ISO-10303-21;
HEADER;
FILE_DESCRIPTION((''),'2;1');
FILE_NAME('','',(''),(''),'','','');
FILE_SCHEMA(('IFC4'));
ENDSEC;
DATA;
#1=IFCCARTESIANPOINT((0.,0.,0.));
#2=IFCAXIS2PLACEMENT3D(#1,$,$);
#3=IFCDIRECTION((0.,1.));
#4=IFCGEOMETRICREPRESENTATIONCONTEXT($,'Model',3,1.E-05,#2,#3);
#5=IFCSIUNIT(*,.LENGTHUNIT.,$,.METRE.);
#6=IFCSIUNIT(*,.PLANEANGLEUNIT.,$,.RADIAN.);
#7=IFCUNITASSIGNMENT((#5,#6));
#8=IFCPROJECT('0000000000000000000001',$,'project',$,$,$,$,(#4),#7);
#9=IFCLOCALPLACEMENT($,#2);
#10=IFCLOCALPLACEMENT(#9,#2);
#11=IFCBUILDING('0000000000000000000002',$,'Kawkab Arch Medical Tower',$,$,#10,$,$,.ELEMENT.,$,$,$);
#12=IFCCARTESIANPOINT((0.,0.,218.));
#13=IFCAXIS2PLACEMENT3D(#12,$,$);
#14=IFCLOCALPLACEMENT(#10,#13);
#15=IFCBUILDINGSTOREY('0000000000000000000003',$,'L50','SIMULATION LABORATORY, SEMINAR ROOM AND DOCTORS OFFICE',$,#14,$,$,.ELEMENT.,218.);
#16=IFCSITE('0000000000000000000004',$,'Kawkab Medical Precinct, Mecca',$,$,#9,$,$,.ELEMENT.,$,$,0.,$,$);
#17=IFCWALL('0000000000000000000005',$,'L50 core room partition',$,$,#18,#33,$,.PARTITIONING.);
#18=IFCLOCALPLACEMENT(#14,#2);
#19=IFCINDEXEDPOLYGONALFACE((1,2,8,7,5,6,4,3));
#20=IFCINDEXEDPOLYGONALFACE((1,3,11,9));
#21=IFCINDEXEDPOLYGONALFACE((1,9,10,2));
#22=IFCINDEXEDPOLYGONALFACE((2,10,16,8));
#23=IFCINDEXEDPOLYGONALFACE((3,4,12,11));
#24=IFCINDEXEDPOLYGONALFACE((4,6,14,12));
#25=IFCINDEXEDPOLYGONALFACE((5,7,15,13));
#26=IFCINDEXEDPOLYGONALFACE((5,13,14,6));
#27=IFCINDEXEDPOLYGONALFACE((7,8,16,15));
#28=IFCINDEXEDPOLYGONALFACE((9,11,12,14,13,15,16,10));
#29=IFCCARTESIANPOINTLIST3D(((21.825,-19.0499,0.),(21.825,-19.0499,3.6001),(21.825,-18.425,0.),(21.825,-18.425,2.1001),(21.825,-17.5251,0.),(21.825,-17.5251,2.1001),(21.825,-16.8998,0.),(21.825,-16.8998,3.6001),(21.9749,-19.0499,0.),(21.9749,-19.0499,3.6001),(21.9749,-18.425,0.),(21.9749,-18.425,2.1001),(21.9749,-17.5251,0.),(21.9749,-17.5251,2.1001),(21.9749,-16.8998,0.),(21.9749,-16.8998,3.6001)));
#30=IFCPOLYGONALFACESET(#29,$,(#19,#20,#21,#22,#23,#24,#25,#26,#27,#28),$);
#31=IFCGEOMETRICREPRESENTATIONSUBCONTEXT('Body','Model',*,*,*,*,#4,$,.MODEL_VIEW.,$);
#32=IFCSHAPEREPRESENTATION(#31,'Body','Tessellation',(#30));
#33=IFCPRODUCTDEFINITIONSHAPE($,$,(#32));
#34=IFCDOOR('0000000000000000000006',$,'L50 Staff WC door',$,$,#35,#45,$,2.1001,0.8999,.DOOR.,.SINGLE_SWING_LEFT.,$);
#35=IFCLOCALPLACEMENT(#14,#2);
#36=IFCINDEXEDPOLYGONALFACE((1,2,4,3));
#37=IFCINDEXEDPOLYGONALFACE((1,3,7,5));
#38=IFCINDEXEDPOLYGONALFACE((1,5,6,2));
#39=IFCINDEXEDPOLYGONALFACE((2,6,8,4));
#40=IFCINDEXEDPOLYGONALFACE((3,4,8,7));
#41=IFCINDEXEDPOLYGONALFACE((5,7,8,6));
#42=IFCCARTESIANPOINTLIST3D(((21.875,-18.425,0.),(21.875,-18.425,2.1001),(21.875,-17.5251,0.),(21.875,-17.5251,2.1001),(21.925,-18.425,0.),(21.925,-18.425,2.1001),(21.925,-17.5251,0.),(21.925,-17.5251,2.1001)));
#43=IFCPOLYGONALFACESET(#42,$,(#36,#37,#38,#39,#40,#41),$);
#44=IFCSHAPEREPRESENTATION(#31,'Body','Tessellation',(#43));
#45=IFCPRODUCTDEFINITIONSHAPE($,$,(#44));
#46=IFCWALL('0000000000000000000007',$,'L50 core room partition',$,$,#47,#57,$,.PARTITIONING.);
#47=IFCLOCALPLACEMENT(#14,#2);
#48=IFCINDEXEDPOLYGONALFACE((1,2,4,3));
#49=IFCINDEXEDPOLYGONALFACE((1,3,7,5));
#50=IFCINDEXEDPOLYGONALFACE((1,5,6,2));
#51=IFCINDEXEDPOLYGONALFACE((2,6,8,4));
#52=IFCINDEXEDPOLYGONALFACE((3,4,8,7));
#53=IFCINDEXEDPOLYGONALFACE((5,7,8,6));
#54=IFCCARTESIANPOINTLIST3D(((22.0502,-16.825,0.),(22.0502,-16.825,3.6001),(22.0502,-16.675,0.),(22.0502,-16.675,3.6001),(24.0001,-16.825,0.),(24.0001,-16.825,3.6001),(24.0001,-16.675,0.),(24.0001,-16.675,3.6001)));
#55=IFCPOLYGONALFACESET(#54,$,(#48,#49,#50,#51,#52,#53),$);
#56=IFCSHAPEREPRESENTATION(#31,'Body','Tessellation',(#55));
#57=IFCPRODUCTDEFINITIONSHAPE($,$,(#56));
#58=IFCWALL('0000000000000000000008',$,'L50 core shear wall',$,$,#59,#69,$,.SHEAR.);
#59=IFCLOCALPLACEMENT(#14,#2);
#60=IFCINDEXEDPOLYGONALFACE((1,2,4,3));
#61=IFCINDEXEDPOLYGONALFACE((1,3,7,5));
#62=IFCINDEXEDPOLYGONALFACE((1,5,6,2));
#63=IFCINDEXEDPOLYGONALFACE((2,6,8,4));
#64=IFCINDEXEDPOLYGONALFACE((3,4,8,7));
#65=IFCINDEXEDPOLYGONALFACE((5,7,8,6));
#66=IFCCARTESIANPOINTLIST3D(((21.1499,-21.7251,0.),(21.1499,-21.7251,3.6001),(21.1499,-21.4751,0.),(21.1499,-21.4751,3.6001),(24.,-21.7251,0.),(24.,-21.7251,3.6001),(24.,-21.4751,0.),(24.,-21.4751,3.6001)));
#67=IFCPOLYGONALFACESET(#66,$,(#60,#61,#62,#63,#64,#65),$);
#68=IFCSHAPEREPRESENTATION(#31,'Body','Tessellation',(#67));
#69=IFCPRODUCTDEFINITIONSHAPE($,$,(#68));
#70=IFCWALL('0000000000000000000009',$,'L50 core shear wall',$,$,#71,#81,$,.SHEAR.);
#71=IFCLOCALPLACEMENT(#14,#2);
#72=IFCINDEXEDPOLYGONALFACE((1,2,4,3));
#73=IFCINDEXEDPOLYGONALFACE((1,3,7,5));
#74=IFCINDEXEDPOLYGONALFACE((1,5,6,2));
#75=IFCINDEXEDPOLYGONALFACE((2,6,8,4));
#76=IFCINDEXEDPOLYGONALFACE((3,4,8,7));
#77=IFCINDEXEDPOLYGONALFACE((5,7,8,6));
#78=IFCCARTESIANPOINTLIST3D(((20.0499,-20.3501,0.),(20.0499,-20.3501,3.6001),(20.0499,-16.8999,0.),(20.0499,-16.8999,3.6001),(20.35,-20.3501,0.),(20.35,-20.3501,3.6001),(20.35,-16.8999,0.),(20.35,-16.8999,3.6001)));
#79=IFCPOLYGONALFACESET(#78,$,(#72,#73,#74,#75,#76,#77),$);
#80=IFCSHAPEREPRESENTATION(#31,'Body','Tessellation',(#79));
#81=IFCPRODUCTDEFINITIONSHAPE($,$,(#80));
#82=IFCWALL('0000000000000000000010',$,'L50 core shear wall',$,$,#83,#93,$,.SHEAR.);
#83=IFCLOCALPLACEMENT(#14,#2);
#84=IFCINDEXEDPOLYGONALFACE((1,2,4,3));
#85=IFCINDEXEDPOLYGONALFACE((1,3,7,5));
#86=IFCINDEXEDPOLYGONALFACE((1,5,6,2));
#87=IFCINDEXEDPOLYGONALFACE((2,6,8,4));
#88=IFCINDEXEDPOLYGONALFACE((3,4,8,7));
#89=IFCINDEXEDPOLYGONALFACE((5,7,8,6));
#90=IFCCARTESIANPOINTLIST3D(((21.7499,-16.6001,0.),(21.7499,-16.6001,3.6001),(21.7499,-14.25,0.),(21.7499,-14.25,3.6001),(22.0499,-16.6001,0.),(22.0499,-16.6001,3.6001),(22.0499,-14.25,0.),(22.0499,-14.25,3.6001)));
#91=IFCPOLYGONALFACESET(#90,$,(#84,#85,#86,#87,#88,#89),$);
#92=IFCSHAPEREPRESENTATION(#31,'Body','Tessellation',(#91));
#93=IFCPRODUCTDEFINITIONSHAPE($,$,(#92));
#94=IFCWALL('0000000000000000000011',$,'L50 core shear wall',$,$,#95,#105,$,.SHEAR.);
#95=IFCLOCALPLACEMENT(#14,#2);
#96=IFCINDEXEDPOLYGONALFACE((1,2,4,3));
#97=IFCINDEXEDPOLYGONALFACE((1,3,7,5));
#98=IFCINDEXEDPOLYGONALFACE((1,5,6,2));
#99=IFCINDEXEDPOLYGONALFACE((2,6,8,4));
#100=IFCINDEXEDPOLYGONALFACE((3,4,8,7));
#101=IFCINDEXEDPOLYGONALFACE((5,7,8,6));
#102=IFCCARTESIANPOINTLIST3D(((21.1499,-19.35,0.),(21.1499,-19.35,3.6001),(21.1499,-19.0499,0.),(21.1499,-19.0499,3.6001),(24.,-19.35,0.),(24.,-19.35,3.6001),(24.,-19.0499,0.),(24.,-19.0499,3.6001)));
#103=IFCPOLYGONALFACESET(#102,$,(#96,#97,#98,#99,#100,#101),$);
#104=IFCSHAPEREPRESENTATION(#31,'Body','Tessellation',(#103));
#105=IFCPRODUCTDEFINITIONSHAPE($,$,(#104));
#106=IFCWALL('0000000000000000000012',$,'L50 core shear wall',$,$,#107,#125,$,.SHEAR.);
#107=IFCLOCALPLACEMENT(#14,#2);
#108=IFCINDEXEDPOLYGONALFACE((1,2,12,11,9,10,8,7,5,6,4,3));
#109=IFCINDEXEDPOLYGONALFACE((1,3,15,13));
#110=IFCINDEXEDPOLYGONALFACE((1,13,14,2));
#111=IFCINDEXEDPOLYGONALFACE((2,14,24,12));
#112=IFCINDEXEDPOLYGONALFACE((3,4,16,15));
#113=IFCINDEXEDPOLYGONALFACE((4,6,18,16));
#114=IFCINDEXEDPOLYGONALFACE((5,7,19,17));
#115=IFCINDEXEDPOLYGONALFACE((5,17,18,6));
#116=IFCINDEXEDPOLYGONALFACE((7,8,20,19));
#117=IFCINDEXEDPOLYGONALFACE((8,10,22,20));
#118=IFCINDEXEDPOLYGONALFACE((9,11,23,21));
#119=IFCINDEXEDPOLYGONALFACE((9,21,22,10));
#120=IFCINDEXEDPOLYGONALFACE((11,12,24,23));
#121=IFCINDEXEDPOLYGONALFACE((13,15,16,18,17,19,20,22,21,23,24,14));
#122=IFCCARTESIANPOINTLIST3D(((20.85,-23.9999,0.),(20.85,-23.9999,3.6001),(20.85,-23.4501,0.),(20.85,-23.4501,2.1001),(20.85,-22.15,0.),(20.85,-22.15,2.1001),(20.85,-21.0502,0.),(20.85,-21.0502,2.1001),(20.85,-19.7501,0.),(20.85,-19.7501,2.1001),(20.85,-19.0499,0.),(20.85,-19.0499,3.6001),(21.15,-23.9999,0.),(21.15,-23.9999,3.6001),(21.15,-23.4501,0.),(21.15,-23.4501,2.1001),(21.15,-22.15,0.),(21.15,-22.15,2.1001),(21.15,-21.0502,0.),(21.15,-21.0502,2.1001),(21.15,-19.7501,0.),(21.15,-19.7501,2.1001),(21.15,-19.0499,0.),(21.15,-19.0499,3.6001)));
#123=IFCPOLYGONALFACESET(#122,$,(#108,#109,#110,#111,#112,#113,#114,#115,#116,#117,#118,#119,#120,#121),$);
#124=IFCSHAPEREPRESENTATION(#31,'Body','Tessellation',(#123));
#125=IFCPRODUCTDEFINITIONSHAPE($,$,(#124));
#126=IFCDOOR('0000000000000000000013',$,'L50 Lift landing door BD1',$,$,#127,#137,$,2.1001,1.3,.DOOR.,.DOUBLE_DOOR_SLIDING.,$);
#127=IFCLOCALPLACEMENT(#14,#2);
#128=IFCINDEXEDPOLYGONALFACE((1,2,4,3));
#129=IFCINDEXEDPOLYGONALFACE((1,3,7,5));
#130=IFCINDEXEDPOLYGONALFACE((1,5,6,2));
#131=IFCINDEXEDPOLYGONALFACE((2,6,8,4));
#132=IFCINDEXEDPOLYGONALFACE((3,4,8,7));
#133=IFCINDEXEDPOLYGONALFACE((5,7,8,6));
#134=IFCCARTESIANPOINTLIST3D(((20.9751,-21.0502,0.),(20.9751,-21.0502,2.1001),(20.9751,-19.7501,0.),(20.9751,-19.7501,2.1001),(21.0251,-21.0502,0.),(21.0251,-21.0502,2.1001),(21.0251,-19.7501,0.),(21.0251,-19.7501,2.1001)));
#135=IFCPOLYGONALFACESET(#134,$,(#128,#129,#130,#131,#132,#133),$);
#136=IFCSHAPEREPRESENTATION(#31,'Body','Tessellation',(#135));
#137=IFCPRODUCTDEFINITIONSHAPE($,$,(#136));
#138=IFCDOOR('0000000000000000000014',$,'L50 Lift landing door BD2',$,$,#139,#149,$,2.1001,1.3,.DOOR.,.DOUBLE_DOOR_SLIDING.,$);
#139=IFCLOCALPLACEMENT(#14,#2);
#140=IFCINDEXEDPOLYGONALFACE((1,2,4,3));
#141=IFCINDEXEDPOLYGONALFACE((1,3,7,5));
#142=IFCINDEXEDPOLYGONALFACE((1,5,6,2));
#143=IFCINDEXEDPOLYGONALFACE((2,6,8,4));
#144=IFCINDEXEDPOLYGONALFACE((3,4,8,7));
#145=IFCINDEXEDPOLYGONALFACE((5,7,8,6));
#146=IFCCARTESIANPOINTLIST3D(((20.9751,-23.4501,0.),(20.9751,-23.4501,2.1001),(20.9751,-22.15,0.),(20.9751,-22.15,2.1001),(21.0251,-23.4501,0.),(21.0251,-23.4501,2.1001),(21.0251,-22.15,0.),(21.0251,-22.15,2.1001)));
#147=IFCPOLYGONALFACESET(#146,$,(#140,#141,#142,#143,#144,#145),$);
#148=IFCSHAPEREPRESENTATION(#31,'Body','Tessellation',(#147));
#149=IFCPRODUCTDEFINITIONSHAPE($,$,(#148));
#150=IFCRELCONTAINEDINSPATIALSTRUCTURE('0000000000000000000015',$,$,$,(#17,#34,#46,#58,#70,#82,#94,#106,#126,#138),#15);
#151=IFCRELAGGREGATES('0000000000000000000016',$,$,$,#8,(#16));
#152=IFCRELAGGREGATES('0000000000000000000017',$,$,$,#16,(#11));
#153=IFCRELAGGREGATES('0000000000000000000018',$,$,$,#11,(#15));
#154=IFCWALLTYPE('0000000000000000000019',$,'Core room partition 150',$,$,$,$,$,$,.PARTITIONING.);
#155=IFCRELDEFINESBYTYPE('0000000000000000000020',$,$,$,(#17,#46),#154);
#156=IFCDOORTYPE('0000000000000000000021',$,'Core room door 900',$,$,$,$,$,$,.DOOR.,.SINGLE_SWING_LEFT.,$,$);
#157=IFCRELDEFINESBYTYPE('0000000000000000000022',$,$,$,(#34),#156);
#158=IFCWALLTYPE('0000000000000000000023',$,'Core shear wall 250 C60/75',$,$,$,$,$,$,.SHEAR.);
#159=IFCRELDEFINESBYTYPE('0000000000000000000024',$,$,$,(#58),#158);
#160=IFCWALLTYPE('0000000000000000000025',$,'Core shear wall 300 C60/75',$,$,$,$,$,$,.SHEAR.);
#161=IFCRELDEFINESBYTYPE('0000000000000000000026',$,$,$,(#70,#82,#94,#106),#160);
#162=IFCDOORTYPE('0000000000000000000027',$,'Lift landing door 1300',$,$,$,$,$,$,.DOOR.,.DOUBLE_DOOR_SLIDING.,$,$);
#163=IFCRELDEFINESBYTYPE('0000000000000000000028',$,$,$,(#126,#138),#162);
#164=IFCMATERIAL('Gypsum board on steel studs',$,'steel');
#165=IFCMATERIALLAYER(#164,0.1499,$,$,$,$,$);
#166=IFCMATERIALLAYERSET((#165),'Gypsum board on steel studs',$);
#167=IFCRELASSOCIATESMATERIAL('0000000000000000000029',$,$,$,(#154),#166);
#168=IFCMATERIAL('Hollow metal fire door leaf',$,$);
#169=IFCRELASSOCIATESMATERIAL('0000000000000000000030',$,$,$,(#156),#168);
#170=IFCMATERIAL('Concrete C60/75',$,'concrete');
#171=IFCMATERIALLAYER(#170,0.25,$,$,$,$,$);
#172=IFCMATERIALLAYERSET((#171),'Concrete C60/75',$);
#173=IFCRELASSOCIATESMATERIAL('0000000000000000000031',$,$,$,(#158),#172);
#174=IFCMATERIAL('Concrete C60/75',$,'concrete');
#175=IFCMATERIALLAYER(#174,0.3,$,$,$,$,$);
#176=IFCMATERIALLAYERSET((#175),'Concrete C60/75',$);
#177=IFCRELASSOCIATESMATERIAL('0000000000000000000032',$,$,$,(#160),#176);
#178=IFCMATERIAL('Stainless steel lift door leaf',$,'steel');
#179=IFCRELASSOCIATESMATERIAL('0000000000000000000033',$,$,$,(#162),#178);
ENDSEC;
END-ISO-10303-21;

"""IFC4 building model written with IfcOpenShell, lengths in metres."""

from ifc_helpers import new_model, si_unit, direction, frame, frame_2d, origin, place, context, subcontext, project, spatial, rectangle, extrude, material, layer, layer_set, type_object, element, fill, save


model = new_model("IFC4")

# Units and contexts
model_context = context("Model", 3, precision=1e-05, world=origin(), true_north=direction((0.0, 1.0)))
body_context = subcontext(model_context, "Body", "Model", "MODEL_VIEW")
ifc_project = project(units=[si_unit("LENGTHUNIT", "METRE"), si_unit("PLANEANGLEUNIT", "RADIAN")], contexts=[model_context])

# Site, building, storey
site_placement = place(None, origin())
site = spatial("IfcSite", under=ifc_project, at=site_placement, Name="Kawkab Medical Precinct, Mecca", CompositionType="ELEMENT", RefElevation=0.0)
building_placement = place(site_placement, origin())
building = spatial("IfcBuilding", under=site, at=building_placement, Name="Kawkab Arch Medical Tower", CompositionType="ELEMENT")
storey_placement = place(building_placement, frame((0.0, 0.0, 218.0)))
storey = spatial("IfcBuildingStorey", under=building, at=storey_placement, Name="L50", Description="SIMULATION LABORATORY, SEMINAR ROOM AND DOCTORS OFFICE", CompositionType="ELEMENT", Elevation=218.0)

# Wall, opening, door
ifc_material_1 = material(Name="Gypsum board on steel studs", Category="steel")
ifc_layer_1 = layer(ifc_material_1, 0.1499)
ifc_layer_set_1 = layer_set([ifc_layer_1], Name="Gypsum board on steel studs")
wall_type_1 = type_object("IfcWallType", Name="Core room partition 150", PredefinedType="PARTITIONING", material=ifc_layer_set_1)
wall_1_placement = place(storey_placement, frame((21.8999, -19.05, 0.0), z_axis=(0.0, 0.0, 1.0), x_axis=(0.0, 1.0, 0.0)))
wall_1 = element("IfcWall", 1, at=wall_1_placement, inside=storey, type_object=wall_type_1, Name="L50 core room partition", PredefinedType="PARTITIONING", context=body_context, shape_type="SweptSolid", body=[
    extrude(rectangle(XDim=2.1501, YDim=0.1499, at=frame_2d((1.0752, 0.0))), origin(), (0.0, 0.0, 1.0), 3.6001),
])
opening_1_placement = place(wall_1_placement, frame((0.625, 0.0, 0.0)))
opening_1 = element("IfcOpeningElement", 2, at=opening_1_placement, cuts=wall_1, PredefinedType="OPENING", context=body_context, shape_type="SweptSolid", body=[
    extrude(rectangle(XDim=0.8999, YDim=2.1001, at=frame_2d((0.45, 1.05))), frame((0.0, 0.085, 0.0), z_axis=(0.0, -1.0, 0.0), x_axis=(1.0, 0.0, 0.0)), (0.0, 0.0, 1.0), 0.1699),
])
ifc_material_2 = material(Name="Hollow metal fire door leaf")
door_type_1 = type_object("IfcDoorType", Name="Core room door 900", OperationType="SINGLE_SWING_LEFT", PredefinedType="DOOR", material=ifc_material_2)
door_1_placement = place(opening_1_placement, origin())
door_1 = element("IfcDoor", 3, at=door_1_placement, inside=storey, type_object=door_type_1, Name="L50 Staff WC door", OperationType="SINGLE_SWING_LEFT", OverallHeight=2.1001, OverallWidth=0.8999, PredefinedType="DOOR", context=body_context, shape_type="SweptSolid", body=[
    extrude(rectangle(XDim=0.8999, YDim=2.1001, at=frame_2d((0.45, 1.05))), frame((0.0, 0.0249, 0.0), z_axis=(0.0, -1.0, 0.0), x_axis=(1.0, 0.0, 0.0)), (0.0, 0.0, 1.0), 0.05),
])
fill(opening_1, door_1)

# Walls
wall_2_placement = place(storey_placement, frame((22.05, -16.75, 0.0), z_axis=(0.0, 0.0, 1.0), x_axis=(1.0, 0.0, 0.0)))
element("IfcWall", 4, at=wall_2_placement, inside=storey, type_object=wall_type_1, Name="L50 core room partition", PredefinedType="PARTITIONING", context=body_context, shape_type="SweptSolid", body=[
    extrude(rectangle(XDim=1.95, YDim=0.1499, at=frame_2d((0.9751, 0.0))), origin(), (0.0, 0.0, 1.0), 3.6001),
])
ifc_material_3 = material(Name="Concrete C60/75", Category="concrete")
ifc_layer_2 = layer(ifc_material_3, 0.25)
ifc_layer_set_2 = layer_set([ifc_layer_2], Name="Concrete C60/75")
wall_type_2 = type_object("IfcWallType", Name="Core shear wall 250 C60/75", PredefinedType="SHEAR", material=ifc_layer_set_2)
wall_3_placement = place(storey_placement, frame((21.1499, -21.6001, 0.0), z_axis=(0.0, 0.0, 1.0), x_axis=(1.0, 0.0, 0.0)))
element("IfcWall", 5, at=wall_3_placement, inside=storey, type_object=wall_type_2, Name="L50 core shear wall", PredefinedType="SHEAR", context=body_context, shape_type="SweptSolid", body=[
    extrude(rectangle(XDim=2.8501, YDim=0.25, at=frame_2d((1.425, 0.0))), origin(), (0.0, 0.0, 1.0), 3.6001),
])
ifc_material_4 = material(Name="Concrete C60/75", Category="concrete")
ifc_layer_3 = layer(ifc_material_4, 0.3)
ifc_layer_set_3 = layer_set([ifc_layer_3], Name="Concrete C60/75")
wall_type_3 = type_object("IfcWallType", Name="Core shear wall 300 C60/75", PredefinedType="SHEAR", material=ifc_layer_set_3)
wall_4_placement = place(storey_placement, frame((20.2, -20.3501, 0.0), z_axis=(0.0, 0.0, 1.0), x_axis=(0.0, 1.0, 0.0)))
element("IfcWall", 6, at=wall_4_placement, inside=storey, type_object=wall_type_3, Name="L50 core shear wall", PredefinedType="SHEAR", context=body_context, shape_type="SweptSolid", body=[
    extrude(rectangle(XDim=3.4502, YDim=0.3, at=frame_2d((1.7251, 0.0))), origin(), (0.0, 0.0, 1.0), 3.6001),
])
wall_5_placement = place(storey_placement, frame((21.8999, -16.6001, 0.0), z_axis=(0.0, 0.0, 1.0), x_axis=(0.0, 1.0, 0.0)))
element("IfcWall", 7, at=wall_5_placement, inside=storey, type_object=wall_type_3, Name="L50 core shear wall", PredefinedType="SHEAR", context=body_context, shape_type="SweptSolid", body=[
    extrude(rectangle(XDim=2.3501, YDim=0.3, at=frame_2d((1.175, 0.0))), origin(), (0.0, 0.0, 1.0), 3.6001),
])
wall_6_placement = place(storey_placement, frame((21.1499, -19.2, 0.0), z_axis=(0.0, 0.0, 1.0), x_axis=(1.0, 0.0, 0.0)))
element("IfcWall", 8, at=wall_6_placement, inside=storey, type_object=wall_type_3, Name="L50 core shear wall", PredefinedType="SHEAR", context=body_context, shape_type="SweptSolid", body=[
    extrude(rectangle(XDim=2.8501, YDim=0.3, at=frame_2d((1.425, 0.0))), origin(), (0.0, 0.0, 1.0), 3.6001),
])

# Wall, openings, doors
wall_7_placement = place(storey_placement, frame((21.0, -24.0, 0.0), z_axis=(0.0, 0.0, 1.0), x_axis=(0.0, 1.0, 0.0)))
wall_7 = element("IfcWall", 9, at=wall_7_placement, inside=storey, type_object=wall_type_3, Name="L50 core shear wall", PredefinedType="SHEAR", context=body_context, shape_type="SweptSolid", body=[
    extrude(rectangle(XDim=4.95, YDim=0.3, at=frame_2d((2.4751, 0.0))), origin(), (0.0, 0.0, 1.0), 3.6001),
])
opening_2_placement = place(wall_7_placement, frame((2.95, 0.0, 0.0)))
opening_2 = element("IfcOpeningElement", 10, at=opening_2_placement, cuts=wall_7, PredefinedType="OPENING", context=body_context, shape_type="SweptSolid", body=[
    extrude(rectangle(XDim=1.3, YDim=2.1001, at=frame_2d((0.6499, 1.05))), frame((0.0, 0.1599, 0.0), z_axis=(0.0, -1.0, 0.0), x_axis=(1.0, 0.0, 0.0)), (0.0, 0.0, 1.0), 0.3201),
])
opening_3_placement = place(wall_7_placement, frame((0.55, 0.0, 0.0)))
opening_3 = element("IfcOpeningElement", 11, at=opening_3_placement, cuts=wall_7, PredefinedType="OPENING", context=body_context, shape_type="SweptSolid", body=[
    extrude(rectangle(XDim=1.3, YDim=2.1001, at=frame_2d((0.6499, 1.05))), frame((0.0, 0.1599, 0.0), z_axis=(0.0, -1.0, 0.0), x_axis=(1.0, 0.0, 0.0)), (0.0, 0.0, 1.0), 0.3201),
])
ifc_material_5 = material(Name="Stainless steel lift door leaf", Category="steel")
door_type_2 = type_object("IfcDoorType", Name="Lift landing door 1300", OperationType="DOUBLE_DOOR_SLIDING", PredefinedType="DOOR", material=ifc_material_5)
door_2_placement = place(opening_2_placement, origin())
door_2 = element("IfcDoor", 12, at=door_2_placement, inside=storey, type_object=door_type_2, Name="L50 Lift landing door BD1", OperationType="DOUBLE_DOOR_SLIDING", OverallHeight=2.1001, OverallWidth=1.3, PredefinedType="DOOR", context=body_context, shape_type="SweptSolid", body=[
    extrude(rectangle(XDim=1.3, YDim=2.1001, at=frame_2d((0.6499, 1.05))), frame((0.0, 0.0249, 0.0), z_axis=(0.0, -1.0, 0.0), x_axis=(1.0, 0.0, 0.0)), (0.0, 0.0, 1.0), 0.05),
])
fill(opening_2, door_2)
door_3_placement = place(opening_3_placement, origin())
door_3 = element("IfcDoor", 13, at=door_3_placement, inside=storey, type_object=door_type_2, Name="L50 Lift landing door BD2", OperationType="DOUBLE_DOOR_SLIDING", OverallHeight=2.1001, OverallWidth=1.3, PredefinedType="DOOR", context=body_context, shape_type="SweptSolid", body=[
    extrude(rectangle(XDim=1.3, YDim=2.1001, at=frame_2d((0.6499, 1.05))), frame((0.0, 0.0249, 0.0), z_axis=(0.0, -1.0, 0.0), x_axis=(1.0, 0.0, 0.0)), (0.0, 0.0, 1.0), 0.05),
])
fill(opening_3, door_3)

save(model, "model.ifc")
